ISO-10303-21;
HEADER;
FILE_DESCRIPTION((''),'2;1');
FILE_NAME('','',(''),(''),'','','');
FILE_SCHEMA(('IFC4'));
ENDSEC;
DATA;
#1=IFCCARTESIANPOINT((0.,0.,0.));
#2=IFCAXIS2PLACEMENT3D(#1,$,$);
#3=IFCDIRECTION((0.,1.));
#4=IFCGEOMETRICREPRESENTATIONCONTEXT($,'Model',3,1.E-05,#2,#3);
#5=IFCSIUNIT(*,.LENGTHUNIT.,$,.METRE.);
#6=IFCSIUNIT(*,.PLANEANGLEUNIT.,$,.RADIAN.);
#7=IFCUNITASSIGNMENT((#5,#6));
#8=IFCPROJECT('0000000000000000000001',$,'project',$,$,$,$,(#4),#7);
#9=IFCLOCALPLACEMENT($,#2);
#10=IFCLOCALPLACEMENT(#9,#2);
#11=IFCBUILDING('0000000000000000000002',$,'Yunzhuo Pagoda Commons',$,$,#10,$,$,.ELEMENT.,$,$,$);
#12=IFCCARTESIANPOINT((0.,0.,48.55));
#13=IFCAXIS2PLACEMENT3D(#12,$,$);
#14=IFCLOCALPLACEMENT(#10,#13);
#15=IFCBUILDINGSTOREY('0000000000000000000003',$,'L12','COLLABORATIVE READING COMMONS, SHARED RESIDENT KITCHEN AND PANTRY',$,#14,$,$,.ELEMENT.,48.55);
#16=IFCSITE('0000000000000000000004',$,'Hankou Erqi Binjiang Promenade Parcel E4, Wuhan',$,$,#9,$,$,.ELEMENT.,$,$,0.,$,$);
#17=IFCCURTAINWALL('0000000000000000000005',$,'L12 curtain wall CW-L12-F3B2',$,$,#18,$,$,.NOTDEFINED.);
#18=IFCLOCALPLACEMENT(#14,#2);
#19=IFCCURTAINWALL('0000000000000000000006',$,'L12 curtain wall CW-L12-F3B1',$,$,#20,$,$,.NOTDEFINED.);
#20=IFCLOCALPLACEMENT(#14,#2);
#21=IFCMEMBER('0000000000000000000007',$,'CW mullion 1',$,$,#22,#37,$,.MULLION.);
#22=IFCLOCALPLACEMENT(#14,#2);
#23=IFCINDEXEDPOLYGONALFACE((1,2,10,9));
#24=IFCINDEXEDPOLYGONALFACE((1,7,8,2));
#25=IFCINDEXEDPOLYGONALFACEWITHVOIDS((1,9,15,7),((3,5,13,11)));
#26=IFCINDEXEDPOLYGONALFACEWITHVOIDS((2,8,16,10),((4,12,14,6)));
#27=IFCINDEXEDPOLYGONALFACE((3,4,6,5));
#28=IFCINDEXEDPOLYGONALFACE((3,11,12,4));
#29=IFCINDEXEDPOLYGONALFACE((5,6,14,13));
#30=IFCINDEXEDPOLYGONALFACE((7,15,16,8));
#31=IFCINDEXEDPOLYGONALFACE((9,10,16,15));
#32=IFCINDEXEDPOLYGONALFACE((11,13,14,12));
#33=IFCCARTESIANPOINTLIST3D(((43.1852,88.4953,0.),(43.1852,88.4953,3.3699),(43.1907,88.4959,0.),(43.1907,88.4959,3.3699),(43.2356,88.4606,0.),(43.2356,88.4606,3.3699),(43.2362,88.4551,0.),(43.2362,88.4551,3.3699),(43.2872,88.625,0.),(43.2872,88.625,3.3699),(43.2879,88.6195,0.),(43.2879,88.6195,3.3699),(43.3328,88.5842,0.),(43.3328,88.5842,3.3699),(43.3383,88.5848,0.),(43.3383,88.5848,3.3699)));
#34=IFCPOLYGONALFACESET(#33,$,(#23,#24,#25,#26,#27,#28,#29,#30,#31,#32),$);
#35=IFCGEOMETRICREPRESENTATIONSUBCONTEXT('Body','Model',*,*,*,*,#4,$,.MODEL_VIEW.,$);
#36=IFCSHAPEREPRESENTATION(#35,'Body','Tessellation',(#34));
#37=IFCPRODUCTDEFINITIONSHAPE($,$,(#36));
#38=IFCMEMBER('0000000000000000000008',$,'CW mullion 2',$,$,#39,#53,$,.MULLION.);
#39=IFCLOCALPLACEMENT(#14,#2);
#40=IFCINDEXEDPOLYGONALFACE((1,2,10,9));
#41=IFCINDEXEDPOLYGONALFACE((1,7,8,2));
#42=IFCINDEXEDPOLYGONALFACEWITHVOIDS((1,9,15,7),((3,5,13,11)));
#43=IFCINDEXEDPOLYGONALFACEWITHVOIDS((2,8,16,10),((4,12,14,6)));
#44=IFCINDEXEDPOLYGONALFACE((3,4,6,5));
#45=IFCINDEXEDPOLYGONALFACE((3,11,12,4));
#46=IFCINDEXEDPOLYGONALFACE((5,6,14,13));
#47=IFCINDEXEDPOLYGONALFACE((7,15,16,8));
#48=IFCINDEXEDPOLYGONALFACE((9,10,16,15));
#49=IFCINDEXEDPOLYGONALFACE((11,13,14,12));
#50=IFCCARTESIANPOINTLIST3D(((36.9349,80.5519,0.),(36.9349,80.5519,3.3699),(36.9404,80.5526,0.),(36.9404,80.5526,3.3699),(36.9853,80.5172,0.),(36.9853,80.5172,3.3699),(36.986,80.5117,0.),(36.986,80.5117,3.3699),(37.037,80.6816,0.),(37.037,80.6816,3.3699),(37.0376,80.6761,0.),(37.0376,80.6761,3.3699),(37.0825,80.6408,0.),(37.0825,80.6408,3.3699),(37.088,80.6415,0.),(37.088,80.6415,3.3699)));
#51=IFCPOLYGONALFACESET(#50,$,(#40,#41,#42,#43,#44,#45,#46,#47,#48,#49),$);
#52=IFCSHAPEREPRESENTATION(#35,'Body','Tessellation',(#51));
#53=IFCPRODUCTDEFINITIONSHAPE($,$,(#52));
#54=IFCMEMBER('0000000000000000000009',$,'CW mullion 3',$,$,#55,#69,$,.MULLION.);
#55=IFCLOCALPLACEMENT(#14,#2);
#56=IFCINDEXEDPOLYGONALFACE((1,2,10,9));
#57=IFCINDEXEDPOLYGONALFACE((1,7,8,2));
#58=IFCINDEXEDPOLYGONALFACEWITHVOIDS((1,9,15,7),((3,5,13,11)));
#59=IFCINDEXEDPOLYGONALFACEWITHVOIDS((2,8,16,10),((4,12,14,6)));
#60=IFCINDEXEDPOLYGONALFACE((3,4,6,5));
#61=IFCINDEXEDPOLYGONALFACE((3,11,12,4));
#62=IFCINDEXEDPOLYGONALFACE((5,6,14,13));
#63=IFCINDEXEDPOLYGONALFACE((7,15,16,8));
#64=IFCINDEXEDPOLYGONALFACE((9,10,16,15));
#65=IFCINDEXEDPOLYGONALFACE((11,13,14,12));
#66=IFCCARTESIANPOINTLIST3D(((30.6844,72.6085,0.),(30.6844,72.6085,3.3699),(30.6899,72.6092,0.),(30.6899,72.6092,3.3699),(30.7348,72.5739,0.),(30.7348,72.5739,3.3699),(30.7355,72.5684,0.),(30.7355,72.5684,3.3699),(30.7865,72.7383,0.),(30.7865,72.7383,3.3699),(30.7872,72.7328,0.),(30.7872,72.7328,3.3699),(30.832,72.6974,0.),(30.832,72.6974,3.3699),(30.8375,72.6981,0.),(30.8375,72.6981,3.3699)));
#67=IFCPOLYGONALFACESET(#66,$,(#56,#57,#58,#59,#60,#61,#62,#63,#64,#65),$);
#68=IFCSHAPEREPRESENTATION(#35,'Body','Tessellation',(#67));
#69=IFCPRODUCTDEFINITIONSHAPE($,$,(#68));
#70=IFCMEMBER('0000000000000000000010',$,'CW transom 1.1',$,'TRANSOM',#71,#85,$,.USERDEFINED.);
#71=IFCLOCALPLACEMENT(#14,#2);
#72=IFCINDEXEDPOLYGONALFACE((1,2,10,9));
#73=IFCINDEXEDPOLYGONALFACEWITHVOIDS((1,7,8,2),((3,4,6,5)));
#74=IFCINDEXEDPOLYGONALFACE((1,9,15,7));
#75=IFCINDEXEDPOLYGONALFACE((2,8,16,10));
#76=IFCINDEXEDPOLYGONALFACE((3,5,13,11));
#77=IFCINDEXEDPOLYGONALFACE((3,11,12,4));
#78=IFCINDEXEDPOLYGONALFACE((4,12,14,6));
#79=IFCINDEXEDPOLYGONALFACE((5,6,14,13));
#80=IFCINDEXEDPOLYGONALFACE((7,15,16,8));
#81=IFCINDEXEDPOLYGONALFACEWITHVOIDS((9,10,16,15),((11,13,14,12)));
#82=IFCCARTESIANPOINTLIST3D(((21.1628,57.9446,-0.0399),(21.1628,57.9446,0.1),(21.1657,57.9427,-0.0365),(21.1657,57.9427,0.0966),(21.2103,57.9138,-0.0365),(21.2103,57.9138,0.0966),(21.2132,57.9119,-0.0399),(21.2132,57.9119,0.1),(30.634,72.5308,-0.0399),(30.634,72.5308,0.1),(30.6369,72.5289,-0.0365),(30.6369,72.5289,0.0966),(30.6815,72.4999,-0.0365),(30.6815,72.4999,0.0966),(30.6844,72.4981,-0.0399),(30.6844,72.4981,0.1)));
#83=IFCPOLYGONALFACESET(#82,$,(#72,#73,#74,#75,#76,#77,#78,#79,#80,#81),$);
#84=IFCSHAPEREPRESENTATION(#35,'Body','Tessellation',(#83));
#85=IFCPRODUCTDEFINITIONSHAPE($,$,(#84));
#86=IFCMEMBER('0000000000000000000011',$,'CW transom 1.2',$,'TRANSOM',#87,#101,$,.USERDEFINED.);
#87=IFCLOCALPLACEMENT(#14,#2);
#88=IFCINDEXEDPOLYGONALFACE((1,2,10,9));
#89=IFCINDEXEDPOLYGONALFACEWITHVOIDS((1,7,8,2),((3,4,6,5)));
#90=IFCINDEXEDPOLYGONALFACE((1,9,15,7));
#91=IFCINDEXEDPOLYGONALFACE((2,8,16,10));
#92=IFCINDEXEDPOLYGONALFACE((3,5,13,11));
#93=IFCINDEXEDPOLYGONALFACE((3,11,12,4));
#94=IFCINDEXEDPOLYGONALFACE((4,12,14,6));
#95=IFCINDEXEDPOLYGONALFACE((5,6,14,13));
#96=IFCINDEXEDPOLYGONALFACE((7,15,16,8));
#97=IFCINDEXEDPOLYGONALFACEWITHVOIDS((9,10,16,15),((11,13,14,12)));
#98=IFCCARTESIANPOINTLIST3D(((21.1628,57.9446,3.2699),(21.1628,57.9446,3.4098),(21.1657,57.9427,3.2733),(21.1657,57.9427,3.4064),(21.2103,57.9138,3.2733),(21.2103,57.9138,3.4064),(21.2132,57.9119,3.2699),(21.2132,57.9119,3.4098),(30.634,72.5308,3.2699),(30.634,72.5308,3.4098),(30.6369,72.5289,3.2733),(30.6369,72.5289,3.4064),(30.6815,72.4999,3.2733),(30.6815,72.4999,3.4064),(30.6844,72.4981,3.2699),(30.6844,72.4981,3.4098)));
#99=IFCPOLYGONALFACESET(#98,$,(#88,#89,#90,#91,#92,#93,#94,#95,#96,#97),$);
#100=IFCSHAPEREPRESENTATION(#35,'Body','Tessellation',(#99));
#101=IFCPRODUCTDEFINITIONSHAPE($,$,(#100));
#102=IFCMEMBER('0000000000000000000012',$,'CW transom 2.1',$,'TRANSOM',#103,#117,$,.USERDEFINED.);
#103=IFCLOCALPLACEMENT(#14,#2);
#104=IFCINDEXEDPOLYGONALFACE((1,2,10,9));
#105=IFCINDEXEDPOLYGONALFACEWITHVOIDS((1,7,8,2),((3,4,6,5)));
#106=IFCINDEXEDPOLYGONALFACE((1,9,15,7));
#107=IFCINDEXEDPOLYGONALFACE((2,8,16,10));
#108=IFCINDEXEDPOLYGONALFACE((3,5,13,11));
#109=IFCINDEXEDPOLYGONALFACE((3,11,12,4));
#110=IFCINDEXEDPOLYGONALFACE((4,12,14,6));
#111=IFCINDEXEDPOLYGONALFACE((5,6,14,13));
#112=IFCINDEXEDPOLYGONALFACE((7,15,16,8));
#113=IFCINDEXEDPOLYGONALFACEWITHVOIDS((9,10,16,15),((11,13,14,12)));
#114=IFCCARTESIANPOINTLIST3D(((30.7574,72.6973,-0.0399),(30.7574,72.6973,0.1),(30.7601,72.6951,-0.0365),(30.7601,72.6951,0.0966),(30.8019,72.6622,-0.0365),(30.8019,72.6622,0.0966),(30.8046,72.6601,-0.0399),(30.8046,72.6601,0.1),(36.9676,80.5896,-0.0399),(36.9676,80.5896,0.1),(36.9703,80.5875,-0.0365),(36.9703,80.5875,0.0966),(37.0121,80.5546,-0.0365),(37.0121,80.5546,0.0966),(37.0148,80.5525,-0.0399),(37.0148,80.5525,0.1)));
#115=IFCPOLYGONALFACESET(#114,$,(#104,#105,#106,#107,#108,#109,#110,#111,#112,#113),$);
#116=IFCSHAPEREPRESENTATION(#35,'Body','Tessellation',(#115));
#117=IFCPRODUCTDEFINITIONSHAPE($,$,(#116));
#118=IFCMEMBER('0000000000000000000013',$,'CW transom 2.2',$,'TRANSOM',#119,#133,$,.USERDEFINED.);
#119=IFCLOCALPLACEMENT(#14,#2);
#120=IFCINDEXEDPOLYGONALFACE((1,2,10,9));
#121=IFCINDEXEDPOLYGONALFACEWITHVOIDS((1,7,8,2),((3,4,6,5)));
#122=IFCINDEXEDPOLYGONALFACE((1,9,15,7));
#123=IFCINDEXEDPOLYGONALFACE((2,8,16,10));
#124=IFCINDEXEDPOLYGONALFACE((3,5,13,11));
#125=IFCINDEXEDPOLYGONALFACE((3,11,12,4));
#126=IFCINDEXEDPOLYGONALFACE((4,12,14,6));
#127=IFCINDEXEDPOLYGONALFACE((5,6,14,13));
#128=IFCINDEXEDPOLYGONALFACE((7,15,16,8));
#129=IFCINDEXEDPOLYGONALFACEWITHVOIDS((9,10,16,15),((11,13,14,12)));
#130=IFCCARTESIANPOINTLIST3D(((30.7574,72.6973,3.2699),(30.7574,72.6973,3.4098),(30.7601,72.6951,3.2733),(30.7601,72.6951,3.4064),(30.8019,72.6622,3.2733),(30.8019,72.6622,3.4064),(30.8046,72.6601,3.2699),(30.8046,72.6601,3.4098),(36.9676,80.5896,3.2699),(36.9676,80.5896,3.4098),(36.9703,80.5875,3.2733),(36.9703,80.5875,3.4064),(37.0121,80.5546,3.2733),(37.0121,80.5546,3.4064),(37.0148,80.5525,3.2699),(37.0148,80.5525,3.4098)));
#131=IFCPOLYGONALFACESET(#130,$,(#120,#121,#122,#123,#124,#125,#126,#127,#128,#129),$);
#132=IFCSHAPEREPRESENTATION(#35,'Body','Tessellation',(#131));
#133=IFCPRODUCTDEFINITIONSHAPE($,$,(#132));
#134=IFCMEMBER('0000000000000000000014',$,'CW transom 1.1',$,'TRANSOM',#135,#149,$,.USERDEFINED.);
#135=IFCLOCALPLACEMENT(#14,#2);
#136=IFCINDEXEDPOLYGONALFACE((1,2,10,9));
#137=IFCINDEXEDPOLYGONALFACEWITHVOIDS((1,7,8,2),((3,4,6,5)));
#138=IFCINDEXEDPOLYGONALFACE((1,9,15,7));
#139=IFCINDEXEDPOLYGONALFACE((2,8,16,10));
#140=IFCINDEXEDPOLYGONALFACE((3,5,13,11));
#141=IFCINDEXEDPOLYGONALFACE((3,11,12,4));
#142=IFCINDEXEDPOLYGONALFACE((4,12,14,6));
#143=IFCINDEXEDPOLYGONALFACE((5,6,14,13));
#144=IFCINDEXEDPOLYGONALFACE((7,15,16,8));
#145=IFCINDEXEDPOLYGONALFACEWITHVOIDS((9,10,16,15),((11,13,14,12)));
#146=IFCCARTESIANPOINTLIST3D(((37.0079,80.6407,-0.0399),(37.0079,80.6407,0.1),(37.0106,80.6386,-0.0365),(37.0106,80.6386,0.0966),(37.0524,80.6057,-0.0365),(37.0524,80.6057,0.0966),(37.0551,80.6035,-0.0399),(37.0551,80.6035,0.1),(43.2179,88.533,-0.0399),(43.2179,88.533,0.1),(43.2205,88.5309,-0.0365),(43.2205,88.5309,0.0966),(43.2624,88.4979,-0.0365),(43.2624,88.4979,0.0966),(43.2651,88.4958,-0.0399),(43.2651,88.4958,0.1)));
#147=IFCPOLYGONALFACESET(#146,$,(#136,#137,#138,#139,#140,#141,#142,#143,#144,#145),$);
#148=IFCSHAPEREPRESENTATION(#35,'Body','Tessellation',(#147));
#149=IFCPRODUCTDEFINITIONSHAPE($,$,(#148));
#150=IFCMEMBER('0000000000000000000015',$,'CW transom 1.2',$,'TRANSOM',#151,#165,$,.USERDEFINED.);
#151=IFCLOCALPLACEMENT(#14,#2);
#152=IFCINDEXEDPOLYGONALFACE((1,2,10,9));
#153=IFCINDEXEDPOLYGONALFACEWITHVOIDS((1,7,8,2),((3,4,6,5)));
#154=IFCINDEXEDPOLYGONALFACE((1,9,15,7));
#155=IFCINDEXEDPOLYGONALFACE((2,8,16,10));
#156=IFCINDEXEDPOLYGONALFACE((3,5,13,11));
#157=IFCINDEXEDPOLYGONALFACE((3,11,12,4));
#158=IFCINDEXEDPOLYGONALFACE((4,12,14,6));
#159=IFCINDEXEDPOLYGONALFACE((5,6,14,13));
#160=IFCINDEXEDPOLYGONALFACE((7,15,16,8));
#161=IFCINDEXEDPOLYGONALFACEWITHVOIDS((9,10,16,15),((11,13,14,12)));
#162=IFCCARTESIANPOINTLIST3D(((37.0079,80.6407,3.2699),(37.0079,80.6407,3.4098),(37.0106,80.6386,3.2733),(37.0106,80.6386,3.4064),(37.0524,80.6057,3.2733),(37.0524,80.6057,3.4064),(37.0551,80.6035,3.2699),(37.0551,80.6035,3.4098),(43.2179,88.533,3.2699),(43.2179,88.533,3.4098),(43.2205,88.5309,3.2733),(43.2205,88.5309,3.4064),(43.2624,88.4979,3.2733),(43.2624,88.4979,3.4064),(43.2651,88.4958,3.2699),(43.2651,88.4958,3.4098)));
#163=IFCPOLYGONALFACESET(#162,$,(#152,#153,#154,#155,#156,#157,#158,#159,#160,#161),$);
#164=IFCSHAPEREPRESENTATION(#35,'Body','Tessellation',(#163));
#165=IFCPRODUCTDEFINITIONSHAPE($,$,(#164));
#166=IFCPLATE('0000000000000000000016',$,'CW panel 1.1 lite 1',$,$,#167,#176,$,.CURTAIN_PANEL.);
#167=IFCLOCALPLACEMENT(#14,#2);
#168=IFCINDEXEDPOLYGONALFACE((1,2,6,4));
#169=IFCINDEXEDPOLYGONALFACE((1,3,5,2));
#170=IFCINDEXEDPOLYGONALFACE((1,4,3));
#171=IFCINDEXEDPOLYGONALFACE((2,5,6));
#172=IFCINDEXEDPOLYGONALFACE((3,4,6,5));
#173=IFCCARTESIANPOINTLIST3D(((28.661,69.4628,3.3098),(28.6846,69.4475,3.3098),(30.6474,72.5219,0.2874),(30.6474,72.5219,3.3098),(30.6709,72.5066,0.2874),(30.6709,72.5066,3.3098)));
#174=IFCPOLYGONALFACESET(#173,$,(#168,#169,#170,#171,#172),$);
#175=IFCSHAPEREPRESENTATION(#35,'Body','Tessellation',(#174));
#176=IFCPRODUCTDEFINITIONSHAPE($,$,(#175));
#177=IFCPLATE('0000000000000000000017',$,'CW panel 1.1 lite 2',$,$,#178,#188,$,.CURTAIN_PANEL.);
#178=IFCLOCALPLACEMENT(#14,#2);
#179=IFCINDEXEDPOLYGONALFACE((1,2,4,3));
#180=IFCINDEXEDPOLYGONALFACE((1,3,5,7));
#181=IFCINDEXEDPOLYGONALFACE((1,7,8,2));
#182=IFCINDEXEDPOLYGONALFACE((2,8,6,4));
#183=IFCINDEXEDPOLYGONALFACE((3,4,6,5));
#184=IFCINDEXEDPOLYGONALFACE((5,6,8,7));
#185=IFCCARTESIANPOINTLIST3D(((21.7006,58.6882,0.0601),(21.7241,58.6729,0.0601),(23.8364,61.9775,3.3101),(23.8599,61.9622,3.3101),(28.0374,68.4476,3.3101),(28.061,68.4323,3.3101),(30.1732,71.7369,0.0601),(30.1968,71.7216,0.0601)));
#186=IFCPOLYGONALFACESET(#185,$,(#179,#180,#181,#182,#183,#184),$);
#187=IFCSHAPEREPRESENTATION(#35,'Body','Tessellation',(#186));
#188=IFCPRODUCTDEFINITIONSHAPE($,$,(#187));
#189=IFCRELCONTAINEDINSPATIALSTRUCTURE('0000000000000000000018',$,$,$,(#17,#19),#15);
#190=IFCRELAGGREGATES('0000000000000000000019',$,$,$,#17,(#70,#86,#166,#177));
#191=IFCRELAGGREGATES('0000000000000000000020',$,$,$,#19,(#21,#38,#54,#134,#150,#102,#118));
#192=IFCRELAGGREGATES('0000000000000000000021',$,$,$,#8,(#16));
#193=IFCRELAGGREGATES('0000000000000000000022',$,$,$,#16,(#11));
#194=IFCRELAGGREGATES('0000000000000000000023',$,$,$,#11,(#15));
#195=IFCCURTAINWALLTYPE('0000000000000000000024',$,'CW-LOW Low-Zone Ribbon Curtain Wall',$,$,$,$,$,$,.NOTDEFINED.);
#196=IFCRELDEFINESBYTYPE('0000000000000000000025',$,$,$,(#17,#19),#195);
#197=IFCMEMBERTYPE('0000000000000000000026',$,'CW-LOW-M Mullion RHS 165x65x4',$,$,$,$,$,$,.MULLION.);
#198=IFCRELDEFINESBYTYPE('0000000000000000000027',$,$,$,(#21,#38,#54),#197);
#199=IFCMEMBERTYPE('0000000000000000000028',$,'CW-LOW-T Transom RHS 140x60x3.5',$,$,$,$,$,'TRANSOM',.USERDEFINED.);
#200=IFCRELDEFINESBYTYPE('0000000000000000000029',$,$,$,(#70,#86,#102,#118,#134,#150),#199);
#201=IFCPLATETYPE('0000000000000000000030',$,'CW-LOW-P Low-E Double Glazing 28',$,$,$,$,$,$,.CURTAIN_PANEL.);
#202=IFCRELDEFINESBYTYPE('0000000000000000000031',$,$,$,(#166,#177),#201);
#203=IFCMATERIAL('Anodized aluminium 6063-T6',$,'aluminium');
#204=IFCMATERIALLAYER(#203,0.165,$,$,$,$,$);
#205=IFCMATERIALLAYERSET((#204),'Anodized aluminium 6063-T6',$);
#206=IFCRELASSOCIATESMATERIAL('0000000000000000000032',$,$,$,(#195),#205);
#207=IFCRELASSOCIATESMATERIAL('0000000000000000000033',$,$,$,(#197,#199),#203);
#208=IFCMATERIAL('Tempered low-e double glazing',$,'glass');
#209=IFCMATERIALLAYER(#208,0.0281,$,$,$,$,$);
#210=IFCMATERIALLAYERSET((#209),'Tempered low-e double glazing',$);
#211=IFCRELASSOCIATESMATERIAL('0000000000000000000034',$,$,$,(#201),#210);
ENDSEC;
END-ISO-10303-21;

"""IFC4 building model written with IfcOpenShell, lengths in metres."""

from ifc_helpers import new_model, si_unit, direction, frame, origin, origin_2d, place, context, subcontext, project, spatial, polyline, hollow_rectangle, outline, extrude, source, transform, mapped, material, layer, layer_set, material_profile, profile_set, type_object, element, aggregate, save


model = new_model("IFC4")

# Units and contexts
model_context = context("Model", 3, precision=1e-05, world=origin(), true_north=direction((0.0, 1.0)))
body_context = subcontext(model_context, "Body", "Model", "MODEL_VIEW")
ifc_project = project(units=[si_unit("LENGTHUNIT", "METRE"), si_unit("PLANEANGLEUNIT", "RADIAN")], contexts=[model_context])

# Site, building, storey
site_placement = place(None, origin())
site = spatial("IfcSite", under=ifc_project, at=site_placement, Name="Hankou Erqi Binjiang Promenade Parcel E4, Wuhan", CompositionType="ELEMENT", RefElevation=0.0)
building_placement = place(site_placement, origin())
building = spatial("IfcBuilding", under=site, at=building_placement, Name="Yunzhuo Pagoda Commons", CompositionType="ELEMENT")
storey_placement = place(building_placement, frame((0.0, 0.0, 48.55)))
storey = spatial("IfcBuildingStorey", under=building, at=storey_placement, Name="L12", Description="COLLABORATIVE READING COMMONS, SHARED RESIDENT KITCHEN AND PANTRY", CompositionType="ELEMENT", Elevation=48.55)

# Curtain walls, members
ifc_material_1 = material(Name="Anodized aluminium 6063-T6", Category="aluminium")
ifc_layer_1 = layer(ifc_material_1, 0.165)
ifc_layer_set_1 = layer_set([ifc_layer_1], Name="Anodized aluminium 6063-T6")
curtain_wall_type = type_object("IfcCurtainWallType", Name="CW-LOW Low-Zone Ribbon Curtain Wall", PredefinedType="NOTDEFINED", material=ifc_layer_set_1)
curtain_wall_1_placement = place(storey_placement, origin())
curtain_wall_1 = element("IfcCurtainWall", 1, at=curtain_wall_1_placement, inside=storey, type_object=curtain_wall_type, Name="L12 curtain wall CW-L12-F3B2", PredefinedType="NOTDEFINED")
ifc_material_profile_1 = material_profile(ifc_material_1, hollow_rectangle(XDim=0.0649, YDim=0.165, WallThickness=0.0039, at=origin_2d()), Name="Anodized aluminium 6063-T6")
ifc_profile_set_1 = profile_set([ifc_material_profile_1], Name="Anodized aluminium 6063-T6")
member_type_1 = type_object("IfcMemberType", Name="CW-LOW-M Mullion RHS 165x65x4", PredefinedType="MULLION", material=ifc_profile_set_1)
shared_shape_1 = source(origin(), body_context, "Body", "SweptSolid", [
    extrude(hollow_rectangle(XDim=0.0649, YDim=0.165, WallThickness=0.0039, at=origin_2d()), origin(), (0.0, 0.0, 1.0), 3.3699),
])
curtain_wall_2_placement = place(storey_placement, origin())
curtain_wall_2 = element("IfcCurtainWall", 2, at=curtain_wall_2_placement, inside=storey, type_object=curtain_wall_type, Name="L12 curtain wall CW-L12-F3B1", PredefinedType="NOTDEFINED")
member_1_placement = place(storey_placement, frame((43.2617, 88.54, 0.0), z_axis=(0.0, 0.0, 1.0), x_axis=(0.785883, -0.618375, 0.0)))
member_1 = element("IfcMember", 3, at=member_1_placement, type_object=member_type_1, Name="CW mullion 1", PredefinedType="MULLION", context=body_context, shape_type="MappedRepresentation", body=[
    mapped(shared_shape_1, transform((0.0, 0.0, 0.0), scale=1.0)),
])
member_2_placement = place(storey_placement, frame((37.0115, 80.5967, 0.0), z_axis=(0.0, 0.0, 1.0), x_axis=(0.785883, -0.618375, 0.0)))
member_2 = element("IfcMember", 4, at=member_2_placement, type_object=member_type_1, Name="CW mullion 2", PredefinedType="MULLION", context=body_context, shape_type="MappedRepresentation", body=[
    mapped(shared_shape_1, transform((0.0, 0.0, 0.0), scale=1.0)),
])
member_3_placement = place(storey_placement, frame((30.761, 72.6533, 0.0), z_axis=(0.0, 0.0, 1.0), x_axis=(0.785883, -0.618375, 0.0)))
member_3 = element("IfcMember", 5, at=member_3_placement, type_object=member_type_1, Name="CW mullion 3", PredefinedType="MULLION", context=body_context, shape_type="MappedRepresentation", body=[
    mapped(shared_shape_1, transform((0.0, 0.0, 0.0), scale=1.0)),
])

# Members
ifc_material_profile_2 = material_profile(ifc_material_1, hollow_rectangle(XDim=0.0601, YDim=0.1399, WallThickness=0.0034, at=origin_2d()), Name="Anodized aluminium 6063-T6")
ifc_profile_set_2 = profile_set([ifc_material_profile_2], Name="Anodized aluminium 6063-T6")
member_type_2 = type_object("IfcMemberType", Name="CW-LOW-T Transom RHS 140x60x3.5", ElementType="TRANSOM", PredefinedType="USERDEFINED", material=ifc_profile_set_2)
shared_shape_2 = source(origin(), body_context, "Body", "SweptSolid", [
    extrude(hollow_rectangle(XDim=0.0601, YDim=0.1399, WallThickness=0.0034, at=origin_2d()), origin(), (0.0, 0.0, 1.0), 17.3914),
])
member_4_placement = place(storey_placement, frame((30.6592, 72.5144, 0.03), z_axis=(-0.544591, -0.838702, 0.0), x_axis=(0.838702, -0.544591, 0.0)))
member_4 = element("IfcMember", 6, at=member_4_placement, type_object=member_type_2, Name="CW transom 1.1", ObjectType="TRANSOM", PredefinedType="USERDEFINED", context=body_context, shape_type="MappedRepresentation", body=[
    mapped(shared_shape_2, transform((0.0, 0.0, 0.0), scale=1.0)),
])
member_5_placement = place(storey_placement, frame((30.6592, 72.5144, 3.3398), z_axis=(-0.544591, -0.838702, 0.0), x_axis=(0.838702, -0.544591, 0.0)))
member_5 = element("IfcMember", 7, at=member_5_placement, type_object=member_type_2, Name="CW transom 1.2", ObjectType="TRANSOM", PredefinedType="USERDEFINED", context=body_context, shape_type="MappedRepresentation", body=[
    mapped(shared_shape_2, transform((0.0, 0.0, 0.0), scale=1.0)),
])
shared_shape_3 = source(origin(), body_context, "Body", "SweptSolid", [
    extrude(hollow_rectangle(XDim=0.0601, YDim=0.1399, WallThickness=0.0034, at=origin_2d()), origin(), (0.0, 0.0, 1.0), 10.0427),
])
member_6_placement = place(storey_placement, frame((36.9912, 80.571, 0.03), z_axis=(-0.618381, -0.785879, 0.0), x_axis=(0.785879, -0.618381, 0.0)))
member_6 = element("IfcMember", 8, at=member_6_placement, type_object=member_type_2, Name="CW transom 2.1", ObjectType="TRANSOM", PredefinedType="USERDEFINED", context=body_context, shape_type="MappedRepresentation", body=[
    mapped(shared_shape_3, transform((0.0, 0.0, 0.0), scale=1.0)),
])
member_7_placement = place(storey_placement, frame((36.9912, 80.571, 3.3398), z_axis=(-0.618381, -0.785879, 0.0), x_axis=(0.785879, -0.618381, 0.0)))
member_7 = element("IfcMember", 9, at=member_7_placement, type_object=member_type_2, Name="CW transom 2.2", ObjectType="TRANSOM", PredefinedType="USERDEFINED", context=body_context, shape_type="MappedRepresentation", body=[
    mapped(shared_shape_3, transform((0.0, 0.0, 0.0), scale=1.0)),
])
shared_shape_4 = source(origin(), body_context, "Body", "SweptSolid", [
    extrude(hollow_rectangle(XDim=0.0601, YDim=0.1399, WallThickness=0.0034, at=origin_2d()), origin(), (0.0, 0.0, 1.0), 10.0425),
])
member_8_placement = place(storey_placement, frame((43.2415, 88.5144, 0.03), z_axis=(-0.618366, -0.78589, 0.0), x_axis=(0.78589, -0.618366, 0.0)))
member_8 = element("IfcMember", 10, at=member_8_placement, type_object=member_type_2, Name="CW transom 1.1", ObjectType="TRANSOM", PredefinedType="USERDEFINED", context=body_context, shape_type="MappedRepresentation", body=[
    mapped(shared_shape_4, transform((0.0, 0.0, 0.0), scale=1.0)),
])
member_9_placement = place(storey_placement, frame((43.2415, 88.5144, 3.3398), z_axis=(-0.618366, -0.78589, 0.0), x_axis=(0.78589, -0.618366, 0.0)))
member_9 = element("IfcMember", 11, at=member_9_placement, type_object=member_type_2, Name="CW transom 1.2", ObjectType="TRANSOM", PredefinedType="USERDEFINED", context=body_context, shape_type="MappedRepresentation", body=[
    mapped(shared_shape_4, transform((0.0, 0.0, 0.0), scale=1.0)),
])

# Plates
ifc_material_2 = material(Name="Tempered low-e double glazing", Category="glass")
ifc_layer_2 = layer(ifc_material_2, 0.0281)
ifc_layer_set_2 = layer_set([ifc_layer_2], Name="Tempered low-e double glazing")
plate_type_1 = type_object("IfcPlateType", Name="CW-LOW-P Low-E Double Glazing 28", PredefinedType="CURTAIN_PANEL", material=ifc_layer_set_2)
plate_1_placement = place(storey_placement, frame((29.6777, 70.9771, 1.7986), z_axis=(-0.83871, 0.544579, 0.0), x_axis=(-0.544579, -0.83871, 0.0)))
plate_1 = element("IfcPlate", 12, at=plate_1_placement, type_object=plate_type_1, Name="CW panel 1.1 lite 1", PredefinedType="CURTAIN_PANEL", context=body_context, shape_type="SweptSolid", body=[
    extrude(outline(polyline([(-1.8237, -1.5112), (1.8237, 1.5112), (-1.8237, 1.5112), (-1.8237, -1.5112)])), origin(), (0.0, 0.0, 1.0), 0.0281),
])
plate_2_placement = place(storey_placement, frame((25.9604, 65.1973, 1.6851), z_axis=(-0.83871, 0.544579, 0.0), x_axis=(-0.544579, -0.83871, 0.0)))
plate_2 = element("IfcPlate", 13, at=plate_2_placement, type_object=plate_type_1, Name="CW panel 1.1 lite 2", PredefinedType="CURTAIN_PANEL", context=body_context, shape_type="SweptSolid", body=[
    extrude(outline(polyline([(-7.7791, -1.625), (7.7791, -1.625), (3.8572, 1.625), (-3.8572, 1.625), (-7.7791, -1.625)])), origin(), (0.0, 0.0, 1.0), 0.0281),
])
aggregate(curtain_wall_1, [member_4, member_5, plate_1, plate_2])

aggregate(curtain_wall_2, [member_1, member_2, member_3, member_8, member_9, member_6, member_7])

save(model, "model.ifc")
